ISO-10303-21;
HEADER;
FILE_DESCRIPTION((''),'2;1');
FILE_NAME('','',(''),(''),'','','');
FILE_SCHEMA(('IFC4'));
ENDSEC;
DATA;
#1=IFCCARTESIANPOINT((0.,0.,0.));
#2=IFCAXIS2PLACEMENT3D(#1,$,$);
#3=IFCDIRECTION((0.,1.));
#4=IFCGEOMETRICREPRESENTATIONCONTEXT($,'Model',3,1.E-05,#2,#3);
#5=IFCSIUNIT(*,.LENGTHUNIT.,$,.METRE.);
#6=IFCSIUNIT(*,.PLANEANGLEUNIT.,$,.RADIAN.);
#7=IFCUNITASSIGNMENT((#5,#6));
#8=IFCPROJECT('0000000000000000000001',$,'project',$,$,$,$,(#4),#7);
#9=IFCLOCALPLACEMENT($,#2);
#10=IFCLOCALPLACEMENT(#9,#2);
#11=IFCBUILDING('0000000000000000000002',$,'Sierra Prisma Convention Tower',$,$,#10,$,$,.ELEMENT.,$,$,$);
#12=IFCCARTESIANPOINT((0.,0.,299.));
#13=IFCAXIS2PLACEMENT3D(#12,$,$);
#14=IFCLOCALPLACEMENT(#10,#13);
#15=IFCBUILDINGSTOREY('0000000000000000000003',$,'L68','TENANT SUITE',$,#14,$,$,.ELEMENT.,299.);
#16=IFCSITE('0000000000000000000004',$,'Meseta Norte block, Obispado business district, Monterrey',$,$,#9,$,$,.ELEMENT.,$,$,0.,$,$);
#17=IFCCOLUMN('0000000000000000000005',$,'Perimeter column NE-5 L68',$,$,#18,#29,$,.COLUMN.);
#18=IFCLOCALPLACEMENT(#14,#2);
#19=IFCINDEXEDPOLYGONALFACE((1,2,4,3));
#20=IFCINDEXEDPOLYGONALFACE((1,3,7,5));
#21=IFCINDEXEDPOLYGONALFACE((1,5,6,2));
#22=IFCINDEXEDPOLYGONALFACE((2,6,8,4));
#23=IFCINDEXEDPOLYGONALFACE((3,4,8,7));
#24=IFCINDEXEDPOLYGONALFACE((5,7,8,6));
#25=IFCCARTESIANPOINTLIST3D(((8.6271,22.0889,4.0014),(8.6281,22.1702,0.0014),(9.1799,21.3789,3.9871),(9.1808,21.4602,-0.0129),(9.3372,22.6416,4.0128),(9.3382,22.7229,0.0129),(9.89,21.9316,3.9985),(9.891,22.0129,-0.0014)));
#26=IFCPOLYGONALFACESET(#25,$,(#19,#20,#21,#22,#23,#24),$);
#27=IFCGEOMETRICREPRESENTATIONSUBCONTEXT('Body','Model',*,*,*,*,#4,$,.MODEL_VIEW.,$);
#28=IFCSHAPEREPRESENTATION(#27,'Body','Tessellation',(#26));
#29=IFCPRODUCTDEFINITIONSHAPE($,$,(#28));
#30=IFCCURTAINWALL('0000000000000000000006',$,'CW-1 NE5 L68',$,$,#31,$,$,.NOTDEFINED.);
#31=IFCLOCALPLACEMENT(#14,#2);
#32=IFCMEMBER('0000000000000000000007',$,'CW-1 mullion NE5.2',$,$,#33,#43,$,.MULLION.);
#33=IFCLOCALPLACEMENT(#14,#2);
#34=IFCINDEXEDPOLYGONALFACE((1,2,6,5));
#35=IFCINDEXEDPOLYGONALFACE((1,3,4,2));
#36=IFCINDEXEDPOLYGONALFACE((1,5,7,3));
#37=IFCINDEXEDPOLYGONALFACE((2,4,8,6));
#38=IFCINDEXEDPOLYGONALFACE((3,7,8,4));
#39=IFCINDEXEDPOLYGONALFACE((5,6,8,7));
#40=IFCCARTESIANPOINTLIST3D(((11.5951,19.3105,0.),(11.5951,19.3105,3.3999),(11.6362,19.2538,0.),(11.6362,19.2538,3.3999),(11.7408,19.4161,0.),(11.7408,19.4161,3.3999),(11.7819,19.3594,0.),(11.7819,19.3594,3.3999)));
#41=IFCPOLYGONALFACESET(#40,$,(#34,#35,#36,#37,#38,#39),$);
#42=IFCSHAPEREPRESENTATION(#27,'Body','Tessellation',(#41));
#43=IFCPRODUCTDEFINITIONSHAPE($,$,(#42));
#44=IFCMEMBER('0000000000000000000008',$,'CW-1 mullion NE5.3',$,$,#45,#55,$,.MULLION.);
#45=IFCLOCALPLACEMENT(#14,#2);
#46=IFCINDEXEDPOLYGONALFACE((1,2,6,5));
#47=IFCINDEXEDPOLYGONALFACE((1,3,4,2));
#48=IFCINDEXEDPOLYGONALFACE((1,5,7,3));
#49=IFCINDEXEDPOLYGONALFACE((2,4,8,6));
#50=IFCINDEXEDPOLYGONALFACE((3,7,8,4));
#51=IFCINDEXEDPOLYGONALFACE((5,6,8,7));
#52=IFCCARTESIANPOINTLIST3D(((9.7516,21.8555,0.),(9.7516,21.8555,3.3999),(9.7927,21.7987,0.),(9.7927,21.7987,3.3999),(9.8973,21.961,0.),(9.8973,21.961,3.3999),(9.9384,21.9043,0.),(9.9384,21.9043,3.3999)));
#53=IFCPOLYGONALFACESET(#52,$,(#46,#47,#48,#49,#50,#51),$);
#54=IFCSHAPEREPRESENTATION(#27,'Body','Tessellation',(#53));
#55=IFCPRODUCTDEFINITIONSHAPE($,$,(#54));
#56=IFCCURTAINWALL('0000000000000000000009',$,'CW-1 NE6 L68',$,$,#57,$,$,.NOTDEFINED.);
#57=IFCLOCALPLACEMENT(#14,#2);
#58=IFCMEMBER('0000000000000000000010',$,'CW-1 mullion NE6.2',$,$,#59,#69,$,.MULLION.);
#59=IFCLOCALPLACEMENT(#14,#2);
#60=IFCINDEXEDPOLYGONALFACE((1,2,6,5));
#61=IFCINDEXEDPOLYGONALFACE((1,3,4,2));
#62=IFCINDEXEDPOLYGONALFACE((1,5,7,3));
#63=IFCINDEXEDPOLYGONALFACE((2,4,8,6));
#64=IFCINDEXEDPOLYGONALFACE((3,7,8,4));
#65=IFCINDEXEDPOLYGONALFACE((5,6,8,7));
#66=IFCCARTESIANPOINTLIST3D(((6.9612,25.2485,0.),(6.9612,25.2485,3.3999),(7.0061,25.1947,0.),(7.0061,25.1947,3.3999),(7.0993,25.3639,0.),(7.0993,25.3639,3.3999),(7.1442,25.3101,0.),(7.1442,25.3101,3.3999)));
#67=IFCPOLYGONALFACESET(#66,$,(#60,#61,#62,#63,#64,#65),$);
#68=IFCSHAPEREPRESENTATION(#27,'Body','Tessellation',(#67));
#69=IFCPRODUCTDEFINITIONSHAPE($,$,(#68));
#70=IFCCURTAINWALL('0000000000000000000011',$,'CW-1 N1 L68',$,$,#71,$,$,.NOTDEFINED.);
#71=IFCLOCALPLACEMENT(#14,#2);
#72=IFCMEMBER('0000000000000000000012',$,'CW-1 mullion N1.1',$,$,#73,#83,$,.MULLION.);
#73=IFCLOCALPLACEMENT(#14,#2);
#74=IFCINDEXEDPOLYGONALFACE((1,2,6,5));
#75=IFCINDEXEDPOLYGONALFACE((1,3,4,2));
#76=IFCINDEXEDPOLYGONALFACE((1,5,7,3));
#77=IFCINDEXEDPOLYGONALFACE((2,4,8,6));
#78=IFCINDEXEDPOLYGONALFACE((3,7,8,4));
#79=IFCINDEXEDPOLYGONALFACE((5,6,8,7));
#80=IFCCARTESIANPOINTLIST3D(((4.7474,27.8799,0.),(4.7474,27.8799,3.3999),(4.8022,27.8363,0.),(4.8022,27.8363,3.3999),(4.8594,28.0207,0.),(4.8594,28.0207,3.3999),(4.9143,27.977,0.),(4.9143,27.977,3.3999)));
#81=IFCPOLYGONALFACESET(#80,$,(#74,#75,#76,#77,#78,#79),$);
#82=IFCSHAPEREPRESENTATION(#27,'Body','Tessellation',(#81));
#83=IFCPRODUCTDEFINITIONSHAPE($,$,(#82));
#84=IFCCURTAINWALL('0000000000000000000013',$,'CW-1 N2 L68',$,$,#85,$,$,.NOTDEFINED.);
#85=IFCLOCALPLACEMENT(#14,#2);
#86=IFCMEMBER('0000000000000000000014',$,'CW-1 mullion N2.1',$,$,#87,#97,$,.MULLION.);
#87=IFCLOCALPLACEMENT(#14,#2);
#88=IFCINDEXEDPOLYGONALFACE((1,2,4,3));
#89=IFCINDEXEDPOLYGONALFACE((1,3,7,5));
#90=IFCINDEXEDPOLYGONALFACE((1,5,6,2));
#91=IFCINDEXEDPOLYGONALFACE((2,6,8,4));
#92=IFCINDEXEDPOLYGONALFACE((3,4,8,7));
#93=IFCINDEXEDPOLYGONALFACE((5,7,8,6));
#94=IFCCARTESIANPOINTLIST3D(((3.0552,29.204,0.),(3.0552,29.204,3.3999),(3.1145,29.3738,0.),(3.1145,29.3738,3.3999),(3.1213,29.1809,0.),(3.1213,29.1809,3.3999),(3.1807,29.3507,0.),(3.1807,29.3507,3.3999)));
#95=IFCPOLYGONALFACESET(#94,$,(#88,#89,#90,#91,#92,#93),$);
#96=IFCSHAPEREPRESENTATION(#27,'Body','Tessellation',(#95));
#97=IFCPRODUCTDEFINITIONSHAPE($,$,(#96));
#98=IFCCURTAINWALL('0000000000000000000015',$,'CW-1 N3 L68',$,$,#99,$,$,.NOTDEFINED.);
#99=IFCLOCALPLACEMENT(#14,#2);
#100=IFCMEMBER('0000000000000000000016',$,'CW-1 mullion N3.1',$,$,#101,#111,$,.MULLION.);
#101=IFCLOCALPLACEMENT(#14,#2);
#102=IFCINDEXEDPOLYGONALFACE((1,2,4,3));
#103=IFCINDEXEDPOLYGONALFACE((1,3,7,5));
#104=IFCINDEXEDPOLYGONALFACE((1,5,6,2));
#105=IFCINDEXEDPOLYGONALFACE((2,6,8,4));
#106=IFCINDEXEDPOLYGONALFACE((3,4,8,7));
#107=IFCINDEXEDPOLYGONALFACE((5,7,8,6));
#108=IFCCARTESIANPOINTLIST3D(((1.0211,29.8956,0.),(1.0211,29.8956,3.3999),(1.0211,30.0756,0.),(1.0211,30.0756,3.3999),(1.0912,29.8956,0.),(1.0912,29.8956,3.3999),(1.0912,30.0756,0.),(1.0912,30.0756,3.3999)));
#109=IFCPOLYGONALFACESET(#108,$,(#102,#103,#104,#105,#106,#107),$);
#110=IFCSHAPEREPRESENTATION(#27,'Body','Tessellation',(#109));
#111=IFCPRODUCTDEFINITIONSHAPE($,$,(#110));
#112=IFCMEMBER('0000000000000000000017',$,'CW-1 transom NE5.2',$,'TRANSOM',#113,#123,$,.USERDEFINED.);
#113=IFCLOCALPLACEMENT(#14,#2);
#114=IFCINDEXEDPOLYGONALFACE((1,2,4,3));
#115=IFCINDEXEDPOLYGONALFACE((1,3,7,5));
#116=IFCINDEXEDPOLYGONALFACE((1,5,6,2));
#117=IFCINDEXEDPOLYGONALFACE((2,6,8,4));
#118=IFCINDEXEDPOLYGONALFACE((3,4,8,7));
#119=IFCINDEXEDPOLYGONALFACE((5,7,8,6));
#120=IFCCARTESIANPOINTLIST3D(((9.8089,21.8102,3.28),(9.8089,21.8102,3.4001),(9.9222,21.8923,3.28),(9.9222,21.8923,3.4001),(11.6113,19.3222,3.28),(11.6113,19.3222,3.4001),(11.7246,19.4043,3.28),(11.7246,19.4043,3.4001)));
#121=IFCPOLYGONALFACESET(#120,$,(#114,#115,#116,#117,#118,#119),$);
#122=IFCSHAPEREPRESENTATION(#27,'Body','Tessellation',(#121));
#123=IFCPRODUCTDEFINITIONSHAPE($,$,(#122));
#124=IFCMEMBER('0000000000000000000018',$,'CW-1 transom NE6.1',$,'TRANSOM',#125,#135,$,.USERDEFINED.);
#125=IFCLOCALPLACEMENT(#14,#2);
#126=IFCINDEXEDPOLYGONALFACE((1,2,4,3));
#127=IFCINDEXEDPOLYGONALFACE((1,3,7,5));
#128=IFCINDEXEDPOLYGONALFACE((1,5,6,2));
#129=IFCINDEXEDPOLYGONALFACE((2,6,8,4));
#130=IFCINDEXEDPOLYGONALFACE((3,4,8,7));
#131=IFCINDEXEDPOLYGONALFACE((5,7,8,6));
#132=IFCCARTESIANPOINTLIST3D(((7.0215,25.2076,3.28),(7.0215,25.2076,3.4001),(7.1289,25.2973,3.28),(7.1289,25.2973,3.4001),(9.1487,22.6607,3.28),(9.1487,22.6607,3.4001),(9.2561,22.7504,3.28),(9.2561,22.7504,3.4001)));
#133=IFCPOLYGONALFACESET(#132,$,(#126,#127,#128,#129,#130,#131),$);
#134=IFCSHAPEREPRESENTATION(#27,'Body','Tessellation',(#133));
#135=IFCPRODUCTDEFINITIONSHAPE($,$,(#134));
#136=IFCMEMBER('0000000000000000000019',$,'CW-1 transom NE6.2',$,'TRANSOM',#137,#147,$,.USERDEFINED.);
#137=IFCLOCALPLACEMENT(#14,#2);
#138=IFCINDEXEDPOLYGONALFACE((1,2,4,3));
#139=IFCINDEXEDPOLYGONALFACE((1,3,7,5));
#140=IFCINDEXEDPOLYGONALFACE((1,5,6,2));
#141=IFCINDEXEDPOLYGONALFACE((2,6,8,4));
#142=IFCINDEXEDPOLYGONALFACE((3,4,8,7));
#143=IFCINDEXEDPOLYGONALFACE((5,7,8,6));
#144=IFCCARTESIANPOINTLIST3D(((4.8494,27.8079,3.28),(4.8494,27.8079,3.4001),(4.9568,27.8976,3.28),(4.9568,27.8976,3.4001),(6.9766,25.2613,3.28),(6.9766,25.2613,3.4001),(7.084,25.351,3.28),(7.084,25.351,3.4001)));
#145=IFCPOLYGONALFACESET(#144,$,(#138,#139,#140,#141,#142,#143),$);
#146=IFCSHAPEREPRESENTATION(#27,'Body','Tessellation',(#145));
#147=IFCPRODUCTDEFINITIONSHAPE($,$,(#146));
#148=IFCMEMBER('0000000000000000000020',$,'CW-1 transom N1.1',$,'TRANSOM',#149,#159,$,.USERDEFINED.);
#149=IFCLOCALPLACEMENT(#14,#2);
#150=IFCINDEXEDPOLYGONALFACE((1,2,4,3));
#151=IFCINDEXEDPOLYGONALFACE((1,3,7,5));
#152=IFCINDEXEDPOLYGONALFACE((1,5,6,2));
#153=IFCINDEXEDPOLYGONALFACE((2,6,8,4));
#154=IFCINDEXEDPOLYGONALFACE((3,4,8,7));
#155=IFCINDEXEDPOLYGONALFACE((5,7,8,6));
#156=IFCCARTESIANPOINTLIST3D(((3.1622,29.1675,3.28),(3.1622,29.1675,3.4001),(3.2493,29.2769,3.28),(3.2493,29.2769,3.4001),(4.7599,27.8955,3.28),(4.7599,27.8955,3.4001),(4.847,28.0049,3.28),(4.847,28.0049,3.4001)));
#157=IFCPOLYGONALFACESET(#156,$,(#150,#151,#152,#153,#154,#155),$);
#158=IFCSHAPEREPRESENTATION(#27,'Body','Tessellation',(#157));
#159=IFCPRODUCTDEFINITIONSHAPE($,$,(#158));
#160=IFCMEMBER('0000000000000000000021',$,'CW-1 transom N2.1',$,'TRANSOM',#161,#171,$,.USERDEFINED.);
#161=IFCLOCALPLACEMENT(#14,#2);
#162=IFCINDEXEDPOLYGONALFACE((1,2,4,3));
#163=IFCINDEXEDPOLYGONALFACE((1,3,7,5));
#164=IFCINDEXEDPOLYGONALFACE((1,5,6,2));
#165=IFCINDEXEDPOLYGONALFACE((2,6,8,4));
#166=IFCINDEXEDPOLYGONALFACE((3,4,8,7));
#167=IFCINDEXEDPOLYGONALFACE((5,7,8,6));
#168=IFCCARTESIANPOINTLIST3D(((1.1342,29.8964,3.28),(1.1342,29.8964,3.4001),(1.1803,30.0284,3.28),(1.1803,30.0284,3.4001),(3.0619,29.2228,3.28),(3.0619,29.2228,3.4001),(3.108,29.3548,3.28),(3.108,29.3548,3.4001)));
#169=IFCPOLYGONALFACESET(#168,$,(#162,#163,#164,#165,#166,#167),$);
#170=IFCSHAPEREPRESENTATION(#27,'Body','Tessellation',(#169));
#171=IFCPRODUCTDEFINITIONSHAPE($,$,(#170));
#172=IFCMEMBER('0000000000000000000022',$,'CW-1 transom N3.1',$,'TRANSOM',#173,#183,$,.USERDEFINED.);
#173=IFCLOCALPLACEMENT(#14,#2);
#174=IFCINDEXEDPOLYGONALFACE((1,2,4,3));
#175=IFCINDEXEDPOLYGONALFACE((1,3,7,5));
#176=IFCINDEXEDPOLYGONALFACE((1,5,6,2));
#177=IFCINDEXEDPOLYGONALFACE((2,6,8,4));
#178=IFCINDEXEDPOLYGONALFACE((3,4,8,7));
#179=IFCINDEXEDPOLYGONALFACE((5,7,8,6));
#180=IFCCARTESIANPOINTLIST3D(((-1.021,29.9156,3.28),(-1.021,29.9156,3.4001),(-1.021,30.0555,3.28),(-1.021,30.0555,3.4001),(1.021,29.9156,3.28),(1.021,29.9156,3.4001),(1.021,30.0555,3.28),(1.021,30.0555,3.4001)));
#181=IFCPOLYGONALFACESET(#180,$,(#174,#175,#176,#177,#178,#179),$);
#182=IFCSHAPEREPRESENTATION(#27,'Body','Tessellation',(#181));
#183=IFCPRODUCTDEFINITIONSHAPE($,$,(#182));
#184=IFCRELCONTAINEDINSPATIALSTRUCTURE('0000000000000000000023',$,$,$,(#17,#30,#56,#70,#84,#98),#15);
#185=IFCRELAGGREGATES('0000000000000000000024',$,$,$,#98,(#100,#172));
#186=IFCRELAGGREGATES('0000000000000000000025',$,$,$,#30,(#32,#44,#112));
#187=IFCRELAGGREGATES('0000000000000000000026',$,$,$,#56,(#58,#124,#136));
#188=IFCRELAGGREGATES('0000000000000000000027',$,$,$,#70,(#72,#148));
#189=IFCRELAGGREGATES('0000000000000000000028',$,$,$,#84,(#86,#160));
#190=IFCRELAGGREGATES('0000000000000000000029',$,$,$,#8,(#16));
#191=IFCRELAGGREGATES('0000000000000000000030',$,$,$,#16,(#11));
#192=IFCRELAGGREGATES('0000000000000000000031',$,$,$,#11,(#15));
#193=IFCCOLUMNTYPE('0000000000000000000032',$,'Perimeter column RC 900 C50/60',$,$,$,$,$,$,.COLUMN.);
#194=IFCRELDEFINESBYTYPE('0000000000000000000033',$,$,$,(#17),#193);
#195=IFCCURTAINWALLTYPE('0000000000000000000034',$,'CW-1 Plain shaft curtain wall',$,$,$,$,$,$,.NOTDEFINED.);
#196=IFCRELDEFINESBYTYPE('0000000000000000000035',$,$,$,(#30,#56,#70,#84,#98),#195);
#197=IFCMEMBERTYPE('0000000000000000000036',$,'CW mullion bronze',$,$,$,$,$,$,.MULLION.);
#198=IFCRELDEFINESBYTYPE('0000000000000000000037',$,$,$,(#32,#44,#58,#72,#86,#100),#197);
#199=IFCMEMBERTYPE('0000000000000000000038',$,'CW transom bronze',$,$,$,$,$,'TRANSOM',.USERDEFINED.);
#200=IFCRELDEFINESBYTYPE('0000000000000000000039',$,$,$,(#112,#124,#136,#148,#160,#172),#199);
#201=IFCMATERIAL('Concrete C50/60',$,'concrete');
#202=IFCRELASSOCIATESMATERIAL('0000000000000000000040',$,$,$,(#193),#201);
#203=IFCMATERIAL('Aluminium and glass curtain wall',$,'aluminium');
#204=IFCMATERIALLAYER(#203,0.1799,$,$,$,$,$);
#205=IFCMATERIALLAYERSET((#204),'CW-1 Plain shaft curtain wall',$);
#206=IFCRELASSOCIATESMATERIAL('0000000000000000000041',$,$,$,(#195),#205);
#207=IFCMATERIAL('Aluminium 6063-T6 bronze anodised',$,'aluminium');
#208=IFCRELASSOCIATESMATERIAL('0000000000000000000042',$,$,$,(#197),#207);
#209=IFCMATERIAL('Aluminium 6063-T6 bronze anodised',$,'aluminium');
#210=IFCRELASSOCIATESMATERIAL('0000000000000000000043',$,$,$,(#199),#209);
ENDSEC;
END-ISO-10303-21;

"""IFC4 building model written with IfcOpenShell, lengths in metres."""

from ifc_helpers import new_model, si_unit, direction, frame, origin, origin_2d, place, context, subcontext, project, spatial, rectangle, extrude, material, layer, layer_set, material_profile, profile_set, type_object, element, aggregate, save


model = new_model("IFC4")

# Units and contexts
model_context = context("Model", 3, precision=1e-05, world=origin(), true_north=direction((0.0, 1.0)))
body_context = subcontext(model_context, "Body", "Model", "MODEL_VIEW")
ifc_project = project(units=[si_unit("LENGTHUNIT", "METRE"), si_unit("PLANEANGLEUNIT", "RADIAN")], contexts=[model_context])

# Site, building, storey
site_placement = place(None, origin())
site = spatial("IfcSite", under=ifc_project, at=site_placement, Name="Meseta Norte block, Obispado business district, Monterrey", CompositionType="ELEMENT", RefElevation=0.0)
building_placement = place(site_placement, origin())
building = spatial("IfcBuilding", under=site, at=building_placement, Name="Sierra Prisma Convention Tower", CompositionType="ELEMENT")
storey_placement = place(building_placement, frame((0.0, 0.0, 299.0)))
storey = spatial("IfcBuildingStorey", under=building, at=storey_placement, Name="L68", Description="TENANT SUITE", CompositionType="ELEMENT", Elevation=299.0)

# Column
ifc_material_1 = material(Name="Concrete C50/60", Category="concrete")
ifc_material_profile_1 = material_profile(ifc_material_1, rectangle(XDim=0.8999, YDim=0.8999, at=origin_2d()), Name="Perimeter column RC 900 C50/60")
ifc_profile_set_1 = profile_set([ifc_material_profile_1], Name="Concrete C50/60")
column_type = type_object("IfcColumnType", Name="Perimeter column RC 900 C50/60", PredefinedType="COLUMN", material=ifc_profile_set_1)
column_placement = place(storey_placement, frame((9.2595, 22.0916, 0.0), z_axis=(-0.000244, -0.020321, 0.999793), x_axis=(-0.614241, 0.788958, 0.015885)))
element("IfcColumn", 1, at=column_placement, inside=storey, type_object=column_type, Name="Perimeter column NE-5 L68", PredefinedType="COLUMN", context=body_context, shape_type="SweptSolid", body=[
    extrude(rectangle(XDim=0.8999, YDim=0.8999, at=origin_2d()), origin(), (0.0, 0.0, 1.0), 4.0007),
])

# Curtain wall, members
ifc_material_2 = material(Name="Aluminium and glass curtain wall", Category="aluminium")
ifc_layer_1 = layer(ifc_material_2, 0.1799)
ifc_layer_set_1 = layer_set([ifc_layer_1], Name="CW-1 Plain shaft curtain wall")
curtain_wall_type = type_object("IfcCurtainWallType", Name="CW-1 Plain shaft curtain wall", PredefinedType="NOTDEFINED", material=ifc_layer_set_1)
curtain_wall_1_placement = place(storey_placement, origin())
curtain_wall_1 = element("IfcCurtainWall", 2, at=curtain_wall_1_placement, inside=storey, type_object=curtain_wall_type, Name="CW-1 NE5 L68", PredefinedType="NOTDEFINED")
ifc_material_3 = material(Name="Aluminium 6063-T6 bronze anodised", Category="aluminium")
ifc_material_profile_2 = material_profile(ifc_material_3, rectangle(XDim=0.1799, YDim=0.0701, at=origin_2d()), Name="ALU MULLION 70x180")
ifc_profile_set_2 = profile_set([ifc_material_profile_2], Name="Aluminium 6063-T6 bronze anodised")
member_type_1 = type_object("IfcMemberType", Name="CW mullion bronze", PredefinedType="MULLION", material=ifc_profile_set_2)
member_1_placement = place(storey_placement, frame((11.6885, 19.335, 0.0), z_axis=(0.0, 0.0, 1.0), x_axis=(-0.809811, -0.586691, 0.0)))
member_1 = element("IfcMember", 3, at=member_1_placement, type_object=member_type_1, Name="CW-1 mullion NE5.2", PredefinedType="MULLION", context=body_context, shape_type="SweptSolid", body=[
    extrude(rectangle(XDim=0.1799, YDim=0.0701, at=origin_2d()), origin(), (0.0, 0.0, 1.0), 3.3999),
])
member_2_placement = place(storey_placement, frame((9.845, 21.8799, 0.0), z_axis=(0.0, 0.0, 1.0), x_axis=(-0.809811, -0.586691, 0.0)))
member_2 = element("IfcMember", 4, at=member_2_placement, type_object=member_type_1, Name="CW-1 mullion NE5.3", PredefinedType="MULLION", context=body_context, shape_type="SweptSolid", body=[
    extrude(rectangle(XDim=0.1799, YDim=0.0701, at=origin_2d()), origin(), (0.0, 0.0, 1.0), 3.3999),
])

# Curtain walls, members
curtain_wall_2_placement = place(storey_placement, origin())
curtain_wall_2 = element("IfcCurtainWall", 5, at=curtain_wall_2_placement, inside=storey, type_object=curtain_wall_type, Name="CW-1 NE6 L68", PredefinedType="NOTDEFINED")
member_3_placement = place(storey_placement, frame((7.0527, 25.2793, 0.0), z_axis=(0.0, 0.0, 1.0), x_axis=(-0.76749, -0.64106, 0.0)))
member_3 = element("IfcMember", 6, at=member_3_placement, type_object=member_type_1, Name="CW-1 mullion NE6.2", PredefinedType="MULLION", context=body_context, shape_type="SweptSolid", body=[
    extrude(rectangle(XDim=0.1799, YDim=0.0701, at=origin_2d()), origin(), (0.0, 0.0, 1.0), 3.3999),
])
curtain_wall_3_placement = place(storey_placement, origin())
curtain_wall_3 = element("IfcCurtainWall", 7, at=curtain_wall_3_placement, inside=storey, type_object=curtain_wall_type, Name="CW-1 N1 L68", PredefinedType="NOTDEFINED")
member_4_placement = place(storey_placement, frame((4.8308, 27.9285, 0.0), z_axis=(0.0, 0.0, 1.0), x_axis=(-0.622841, -0.782348, 0.0)))
member_4 = element("IfcMember", 8, at=member_4_placement, type_object=member_type_1, Name="CW-1 mullion N1.1", PredefinedType="MULLION", context=body_context, shape_type="SweptSolid", body=[
    extrude(rectangle(XDim=0.1799, YDim=0.0701, at=origin_2d()), origin(), (0.0, 0.0, 1.0), 3.3999),
])
curtain_wall_4_placement = place(storey_placement, origin())
curtain_wall_4 = element("IfcCurtainWall", 9, at=curtain_wall_4_placement, inside=storey, type_object=curtain_wall_type, Name="CW-1 N2 L68", PredefinedType="NOTDEFINED")
member_5_placement = place(storey_placement, frame((3.1179, 29.2773, 0.0), z_axis=(0.0, 0.0, 1.0), x_axis=(-0.329887, -0.94402, 0.0)))
member_5 = element("IfcMember", 10, at=member_5_placement, type_object=member_type_1, Name="CW-1 mullion N2.1", PredefinedType="MULLION", context=body_context, shape_type="SweptSolid", body=[
    extrude(rectangle(XDim=0.1799, YDim=0.0701, at=origin_2d()), origin(), (0.0, 0.0, 1.0), 3.3999),
])
curtain_wall_5_placement = place(storey_placement, origin())
curtain_wall_5 = element("IfcCurtainWall", 11, at=curtain_wall_5_placement, inside=storey, type_object=curtain_wall_type, Name="CW-1 N3 L68", PredefinedType="NOTDEFINED")
member_6_placement = place(storey_placement, frame((1.0562, 29.9856, 0.0), z_axis=(0.0, 0.0, 1.0), x_axis=(0.0, -1.0, 0.0)))
member_6 = element("IfcMember", 12, at=member_6_placement, type_object=member_type_1, Name="CW-1 mullion N3.1", PredefinedType="MULLION", context=body_context, shape_type="SweptSolid", body=[
    extrude(rectangle(XDim=0.1799, YDim=0.0701, at=origin_2d()), origin(), (0.0, 0.0, 1.0), 3.3999),
])

# Members
ifc_material_4 = material(Name="Aluminium 6063-T6 bronze anodised", Category="aluminium")
ifc_material_profile_3 = material_profile(ifc_material_4, rectangle(XDim=0.1399, YDim=0.1201, at=origin_2d()), Name="ALU TRANSOM 120x140")
ifc_profile_set_3 = profile_set([ifc_material_profile_3], Name="Aluminium 6063-T6 bronze anodised")
member_type_2 = type_object("IfcMemberType", Name="CW transom bronze", ElementType="TRANSOM", PredefinedType="USERDEFINED", material=ifc_profile_set_3)
member_7_placement = place(storey_placement, frame((11.668, 19.3633, 3.3401), z_axis=(-0.586682, 0.809817, 0.0), x_axis=(-0.809817, -0.586682, 0.0)))
member_7 = element("IfcMember", 13, at=member_7_placement, type_object=member_type_2, Name="CW-1 transom NE5.2", ObjectType="TRANSOM", PredefinedType="USERDEFINED", context=body_context, shape_type="SweptSolid", body=[
    extrude(rectangle(XDim=0.1399, YDim=0.1201, at=origin_2d()), origin(), (0.0, 0.0, 1.0), 3.0723),
])
member_8_placement = place(storey_placement, frame((9.2024, 22.7056, 3.3401), z_axis=(-0.641038, 0.767509, 0.0), x_axis=(-0.767509, -0.641038, 0.0)))
member_8 = element("IfcMember", 14, at=member_8_placement, type_object=member_type_2, Name="CW-1 transom NE6.1", ObjectType="TRANSOM", PredefinedType="USERDEFINED", context=body_context, shape_type="SweptSolid", body=[
    extrude(rectangle(XDim=0.1399, YDim=0.1201, at=origin_2d()), origin(), (0.0, 0.0, 1.0), 3.3184),
])
member_9_placement = place(storey_placement, frame((7.0303, 25.3062, 3.3401), z_axis=(-0.641074, 0.767479, 0.0), x_axis=(-0.767479, -0.641074, 0.0)))
member_9 = element("IfcMember", 15, at=member_9_placement, type_object=member_type_2, Name="CW-1 transom NE6.2", ObjectType="TRANSOM", PredefinedType="USERDEFINED", context=body_context, shape_type="SweptSolid", body=[
    extrude(rectangle(XDim=0.1399, YDim=0.1201, at=origin_2d()), origin(), (0.0, 0.0, 1.0), 3.3181),
])
member_10_placement = place(storey_placement, frame((4.8035, 27.9502, 3.3401), z_axis=(-0.782336, 0.622856, 0.0), x_axis=(-0.622856, -0.782336, 0.0)))
member_10 = element("IfcMember", 16, at=member_10_placement, type_object=member_type_2, Name="CW-1 transom N1.1", ObjectType="TRANSOM", PredefinedType="USERDEFINED", context=body_context, shape_type="SweptSolid", body=[
    extrude(rectangle(XDim=0.1399, YDim=0.1201, at=origin_2d()), origin(), (0.0, 0.0, 1.0), 2.0422),
])
member_11_placement = place(storey_placement, frame((3.085, 29.2888, 3.3401), z_axis=(-0.94403, 0.32986, 0.0), x_axis=(-0.32986, -0.94403, 0.0)))
member_11 = element("IfcMember", 17, at=member_11_placement, type_object=member_type_2, Name="CW-1 transom N2.1", ObjectType="TRANSOM", PredefinedType="USERDEFINED", context=body_context, shape_type="SweptSolid", body=[
    extrude(rectangle(XDim=0.1399, YDim=0.1201, at=origin_2d()), origin(), (0.0, 0.0, 1.0), 2.042),
])
member_12_placement = place(storey_placement, frame((1.021, 29.9856, 3.3401), z_axis=(-1.0, 0.0, 0.0), x_axis=(0.0, -1.0, 0.0)))
member_12 = element("IfcMember", 18, at=member_12_placement, type_object=member_type_2, Name="CW-1 transom N3.1", ObjectType="TRANSOM", PredefinedType="USERDEFINED", context=body_context, shape_type="SweptSolid", body=[
    extrude(rectangle(XDim=0.1399, YDim=0.1201, at=origin_2d()), origin(), (0.0, 0.0, 1.0), 2.042),
])
aggregate(curtain_wall_5, [member_6, member_12])

aggregate(curtain_wall_1, [member_1, member_2, member_7])
aggregate(curtain_wall_2, [member_3, member_8, member_9])
aggregate(curtain_wall_3, [member_4, member_10])
aggregate(curtain_wall_4, [member_5, member_11])

save(model, "model.ifc")
